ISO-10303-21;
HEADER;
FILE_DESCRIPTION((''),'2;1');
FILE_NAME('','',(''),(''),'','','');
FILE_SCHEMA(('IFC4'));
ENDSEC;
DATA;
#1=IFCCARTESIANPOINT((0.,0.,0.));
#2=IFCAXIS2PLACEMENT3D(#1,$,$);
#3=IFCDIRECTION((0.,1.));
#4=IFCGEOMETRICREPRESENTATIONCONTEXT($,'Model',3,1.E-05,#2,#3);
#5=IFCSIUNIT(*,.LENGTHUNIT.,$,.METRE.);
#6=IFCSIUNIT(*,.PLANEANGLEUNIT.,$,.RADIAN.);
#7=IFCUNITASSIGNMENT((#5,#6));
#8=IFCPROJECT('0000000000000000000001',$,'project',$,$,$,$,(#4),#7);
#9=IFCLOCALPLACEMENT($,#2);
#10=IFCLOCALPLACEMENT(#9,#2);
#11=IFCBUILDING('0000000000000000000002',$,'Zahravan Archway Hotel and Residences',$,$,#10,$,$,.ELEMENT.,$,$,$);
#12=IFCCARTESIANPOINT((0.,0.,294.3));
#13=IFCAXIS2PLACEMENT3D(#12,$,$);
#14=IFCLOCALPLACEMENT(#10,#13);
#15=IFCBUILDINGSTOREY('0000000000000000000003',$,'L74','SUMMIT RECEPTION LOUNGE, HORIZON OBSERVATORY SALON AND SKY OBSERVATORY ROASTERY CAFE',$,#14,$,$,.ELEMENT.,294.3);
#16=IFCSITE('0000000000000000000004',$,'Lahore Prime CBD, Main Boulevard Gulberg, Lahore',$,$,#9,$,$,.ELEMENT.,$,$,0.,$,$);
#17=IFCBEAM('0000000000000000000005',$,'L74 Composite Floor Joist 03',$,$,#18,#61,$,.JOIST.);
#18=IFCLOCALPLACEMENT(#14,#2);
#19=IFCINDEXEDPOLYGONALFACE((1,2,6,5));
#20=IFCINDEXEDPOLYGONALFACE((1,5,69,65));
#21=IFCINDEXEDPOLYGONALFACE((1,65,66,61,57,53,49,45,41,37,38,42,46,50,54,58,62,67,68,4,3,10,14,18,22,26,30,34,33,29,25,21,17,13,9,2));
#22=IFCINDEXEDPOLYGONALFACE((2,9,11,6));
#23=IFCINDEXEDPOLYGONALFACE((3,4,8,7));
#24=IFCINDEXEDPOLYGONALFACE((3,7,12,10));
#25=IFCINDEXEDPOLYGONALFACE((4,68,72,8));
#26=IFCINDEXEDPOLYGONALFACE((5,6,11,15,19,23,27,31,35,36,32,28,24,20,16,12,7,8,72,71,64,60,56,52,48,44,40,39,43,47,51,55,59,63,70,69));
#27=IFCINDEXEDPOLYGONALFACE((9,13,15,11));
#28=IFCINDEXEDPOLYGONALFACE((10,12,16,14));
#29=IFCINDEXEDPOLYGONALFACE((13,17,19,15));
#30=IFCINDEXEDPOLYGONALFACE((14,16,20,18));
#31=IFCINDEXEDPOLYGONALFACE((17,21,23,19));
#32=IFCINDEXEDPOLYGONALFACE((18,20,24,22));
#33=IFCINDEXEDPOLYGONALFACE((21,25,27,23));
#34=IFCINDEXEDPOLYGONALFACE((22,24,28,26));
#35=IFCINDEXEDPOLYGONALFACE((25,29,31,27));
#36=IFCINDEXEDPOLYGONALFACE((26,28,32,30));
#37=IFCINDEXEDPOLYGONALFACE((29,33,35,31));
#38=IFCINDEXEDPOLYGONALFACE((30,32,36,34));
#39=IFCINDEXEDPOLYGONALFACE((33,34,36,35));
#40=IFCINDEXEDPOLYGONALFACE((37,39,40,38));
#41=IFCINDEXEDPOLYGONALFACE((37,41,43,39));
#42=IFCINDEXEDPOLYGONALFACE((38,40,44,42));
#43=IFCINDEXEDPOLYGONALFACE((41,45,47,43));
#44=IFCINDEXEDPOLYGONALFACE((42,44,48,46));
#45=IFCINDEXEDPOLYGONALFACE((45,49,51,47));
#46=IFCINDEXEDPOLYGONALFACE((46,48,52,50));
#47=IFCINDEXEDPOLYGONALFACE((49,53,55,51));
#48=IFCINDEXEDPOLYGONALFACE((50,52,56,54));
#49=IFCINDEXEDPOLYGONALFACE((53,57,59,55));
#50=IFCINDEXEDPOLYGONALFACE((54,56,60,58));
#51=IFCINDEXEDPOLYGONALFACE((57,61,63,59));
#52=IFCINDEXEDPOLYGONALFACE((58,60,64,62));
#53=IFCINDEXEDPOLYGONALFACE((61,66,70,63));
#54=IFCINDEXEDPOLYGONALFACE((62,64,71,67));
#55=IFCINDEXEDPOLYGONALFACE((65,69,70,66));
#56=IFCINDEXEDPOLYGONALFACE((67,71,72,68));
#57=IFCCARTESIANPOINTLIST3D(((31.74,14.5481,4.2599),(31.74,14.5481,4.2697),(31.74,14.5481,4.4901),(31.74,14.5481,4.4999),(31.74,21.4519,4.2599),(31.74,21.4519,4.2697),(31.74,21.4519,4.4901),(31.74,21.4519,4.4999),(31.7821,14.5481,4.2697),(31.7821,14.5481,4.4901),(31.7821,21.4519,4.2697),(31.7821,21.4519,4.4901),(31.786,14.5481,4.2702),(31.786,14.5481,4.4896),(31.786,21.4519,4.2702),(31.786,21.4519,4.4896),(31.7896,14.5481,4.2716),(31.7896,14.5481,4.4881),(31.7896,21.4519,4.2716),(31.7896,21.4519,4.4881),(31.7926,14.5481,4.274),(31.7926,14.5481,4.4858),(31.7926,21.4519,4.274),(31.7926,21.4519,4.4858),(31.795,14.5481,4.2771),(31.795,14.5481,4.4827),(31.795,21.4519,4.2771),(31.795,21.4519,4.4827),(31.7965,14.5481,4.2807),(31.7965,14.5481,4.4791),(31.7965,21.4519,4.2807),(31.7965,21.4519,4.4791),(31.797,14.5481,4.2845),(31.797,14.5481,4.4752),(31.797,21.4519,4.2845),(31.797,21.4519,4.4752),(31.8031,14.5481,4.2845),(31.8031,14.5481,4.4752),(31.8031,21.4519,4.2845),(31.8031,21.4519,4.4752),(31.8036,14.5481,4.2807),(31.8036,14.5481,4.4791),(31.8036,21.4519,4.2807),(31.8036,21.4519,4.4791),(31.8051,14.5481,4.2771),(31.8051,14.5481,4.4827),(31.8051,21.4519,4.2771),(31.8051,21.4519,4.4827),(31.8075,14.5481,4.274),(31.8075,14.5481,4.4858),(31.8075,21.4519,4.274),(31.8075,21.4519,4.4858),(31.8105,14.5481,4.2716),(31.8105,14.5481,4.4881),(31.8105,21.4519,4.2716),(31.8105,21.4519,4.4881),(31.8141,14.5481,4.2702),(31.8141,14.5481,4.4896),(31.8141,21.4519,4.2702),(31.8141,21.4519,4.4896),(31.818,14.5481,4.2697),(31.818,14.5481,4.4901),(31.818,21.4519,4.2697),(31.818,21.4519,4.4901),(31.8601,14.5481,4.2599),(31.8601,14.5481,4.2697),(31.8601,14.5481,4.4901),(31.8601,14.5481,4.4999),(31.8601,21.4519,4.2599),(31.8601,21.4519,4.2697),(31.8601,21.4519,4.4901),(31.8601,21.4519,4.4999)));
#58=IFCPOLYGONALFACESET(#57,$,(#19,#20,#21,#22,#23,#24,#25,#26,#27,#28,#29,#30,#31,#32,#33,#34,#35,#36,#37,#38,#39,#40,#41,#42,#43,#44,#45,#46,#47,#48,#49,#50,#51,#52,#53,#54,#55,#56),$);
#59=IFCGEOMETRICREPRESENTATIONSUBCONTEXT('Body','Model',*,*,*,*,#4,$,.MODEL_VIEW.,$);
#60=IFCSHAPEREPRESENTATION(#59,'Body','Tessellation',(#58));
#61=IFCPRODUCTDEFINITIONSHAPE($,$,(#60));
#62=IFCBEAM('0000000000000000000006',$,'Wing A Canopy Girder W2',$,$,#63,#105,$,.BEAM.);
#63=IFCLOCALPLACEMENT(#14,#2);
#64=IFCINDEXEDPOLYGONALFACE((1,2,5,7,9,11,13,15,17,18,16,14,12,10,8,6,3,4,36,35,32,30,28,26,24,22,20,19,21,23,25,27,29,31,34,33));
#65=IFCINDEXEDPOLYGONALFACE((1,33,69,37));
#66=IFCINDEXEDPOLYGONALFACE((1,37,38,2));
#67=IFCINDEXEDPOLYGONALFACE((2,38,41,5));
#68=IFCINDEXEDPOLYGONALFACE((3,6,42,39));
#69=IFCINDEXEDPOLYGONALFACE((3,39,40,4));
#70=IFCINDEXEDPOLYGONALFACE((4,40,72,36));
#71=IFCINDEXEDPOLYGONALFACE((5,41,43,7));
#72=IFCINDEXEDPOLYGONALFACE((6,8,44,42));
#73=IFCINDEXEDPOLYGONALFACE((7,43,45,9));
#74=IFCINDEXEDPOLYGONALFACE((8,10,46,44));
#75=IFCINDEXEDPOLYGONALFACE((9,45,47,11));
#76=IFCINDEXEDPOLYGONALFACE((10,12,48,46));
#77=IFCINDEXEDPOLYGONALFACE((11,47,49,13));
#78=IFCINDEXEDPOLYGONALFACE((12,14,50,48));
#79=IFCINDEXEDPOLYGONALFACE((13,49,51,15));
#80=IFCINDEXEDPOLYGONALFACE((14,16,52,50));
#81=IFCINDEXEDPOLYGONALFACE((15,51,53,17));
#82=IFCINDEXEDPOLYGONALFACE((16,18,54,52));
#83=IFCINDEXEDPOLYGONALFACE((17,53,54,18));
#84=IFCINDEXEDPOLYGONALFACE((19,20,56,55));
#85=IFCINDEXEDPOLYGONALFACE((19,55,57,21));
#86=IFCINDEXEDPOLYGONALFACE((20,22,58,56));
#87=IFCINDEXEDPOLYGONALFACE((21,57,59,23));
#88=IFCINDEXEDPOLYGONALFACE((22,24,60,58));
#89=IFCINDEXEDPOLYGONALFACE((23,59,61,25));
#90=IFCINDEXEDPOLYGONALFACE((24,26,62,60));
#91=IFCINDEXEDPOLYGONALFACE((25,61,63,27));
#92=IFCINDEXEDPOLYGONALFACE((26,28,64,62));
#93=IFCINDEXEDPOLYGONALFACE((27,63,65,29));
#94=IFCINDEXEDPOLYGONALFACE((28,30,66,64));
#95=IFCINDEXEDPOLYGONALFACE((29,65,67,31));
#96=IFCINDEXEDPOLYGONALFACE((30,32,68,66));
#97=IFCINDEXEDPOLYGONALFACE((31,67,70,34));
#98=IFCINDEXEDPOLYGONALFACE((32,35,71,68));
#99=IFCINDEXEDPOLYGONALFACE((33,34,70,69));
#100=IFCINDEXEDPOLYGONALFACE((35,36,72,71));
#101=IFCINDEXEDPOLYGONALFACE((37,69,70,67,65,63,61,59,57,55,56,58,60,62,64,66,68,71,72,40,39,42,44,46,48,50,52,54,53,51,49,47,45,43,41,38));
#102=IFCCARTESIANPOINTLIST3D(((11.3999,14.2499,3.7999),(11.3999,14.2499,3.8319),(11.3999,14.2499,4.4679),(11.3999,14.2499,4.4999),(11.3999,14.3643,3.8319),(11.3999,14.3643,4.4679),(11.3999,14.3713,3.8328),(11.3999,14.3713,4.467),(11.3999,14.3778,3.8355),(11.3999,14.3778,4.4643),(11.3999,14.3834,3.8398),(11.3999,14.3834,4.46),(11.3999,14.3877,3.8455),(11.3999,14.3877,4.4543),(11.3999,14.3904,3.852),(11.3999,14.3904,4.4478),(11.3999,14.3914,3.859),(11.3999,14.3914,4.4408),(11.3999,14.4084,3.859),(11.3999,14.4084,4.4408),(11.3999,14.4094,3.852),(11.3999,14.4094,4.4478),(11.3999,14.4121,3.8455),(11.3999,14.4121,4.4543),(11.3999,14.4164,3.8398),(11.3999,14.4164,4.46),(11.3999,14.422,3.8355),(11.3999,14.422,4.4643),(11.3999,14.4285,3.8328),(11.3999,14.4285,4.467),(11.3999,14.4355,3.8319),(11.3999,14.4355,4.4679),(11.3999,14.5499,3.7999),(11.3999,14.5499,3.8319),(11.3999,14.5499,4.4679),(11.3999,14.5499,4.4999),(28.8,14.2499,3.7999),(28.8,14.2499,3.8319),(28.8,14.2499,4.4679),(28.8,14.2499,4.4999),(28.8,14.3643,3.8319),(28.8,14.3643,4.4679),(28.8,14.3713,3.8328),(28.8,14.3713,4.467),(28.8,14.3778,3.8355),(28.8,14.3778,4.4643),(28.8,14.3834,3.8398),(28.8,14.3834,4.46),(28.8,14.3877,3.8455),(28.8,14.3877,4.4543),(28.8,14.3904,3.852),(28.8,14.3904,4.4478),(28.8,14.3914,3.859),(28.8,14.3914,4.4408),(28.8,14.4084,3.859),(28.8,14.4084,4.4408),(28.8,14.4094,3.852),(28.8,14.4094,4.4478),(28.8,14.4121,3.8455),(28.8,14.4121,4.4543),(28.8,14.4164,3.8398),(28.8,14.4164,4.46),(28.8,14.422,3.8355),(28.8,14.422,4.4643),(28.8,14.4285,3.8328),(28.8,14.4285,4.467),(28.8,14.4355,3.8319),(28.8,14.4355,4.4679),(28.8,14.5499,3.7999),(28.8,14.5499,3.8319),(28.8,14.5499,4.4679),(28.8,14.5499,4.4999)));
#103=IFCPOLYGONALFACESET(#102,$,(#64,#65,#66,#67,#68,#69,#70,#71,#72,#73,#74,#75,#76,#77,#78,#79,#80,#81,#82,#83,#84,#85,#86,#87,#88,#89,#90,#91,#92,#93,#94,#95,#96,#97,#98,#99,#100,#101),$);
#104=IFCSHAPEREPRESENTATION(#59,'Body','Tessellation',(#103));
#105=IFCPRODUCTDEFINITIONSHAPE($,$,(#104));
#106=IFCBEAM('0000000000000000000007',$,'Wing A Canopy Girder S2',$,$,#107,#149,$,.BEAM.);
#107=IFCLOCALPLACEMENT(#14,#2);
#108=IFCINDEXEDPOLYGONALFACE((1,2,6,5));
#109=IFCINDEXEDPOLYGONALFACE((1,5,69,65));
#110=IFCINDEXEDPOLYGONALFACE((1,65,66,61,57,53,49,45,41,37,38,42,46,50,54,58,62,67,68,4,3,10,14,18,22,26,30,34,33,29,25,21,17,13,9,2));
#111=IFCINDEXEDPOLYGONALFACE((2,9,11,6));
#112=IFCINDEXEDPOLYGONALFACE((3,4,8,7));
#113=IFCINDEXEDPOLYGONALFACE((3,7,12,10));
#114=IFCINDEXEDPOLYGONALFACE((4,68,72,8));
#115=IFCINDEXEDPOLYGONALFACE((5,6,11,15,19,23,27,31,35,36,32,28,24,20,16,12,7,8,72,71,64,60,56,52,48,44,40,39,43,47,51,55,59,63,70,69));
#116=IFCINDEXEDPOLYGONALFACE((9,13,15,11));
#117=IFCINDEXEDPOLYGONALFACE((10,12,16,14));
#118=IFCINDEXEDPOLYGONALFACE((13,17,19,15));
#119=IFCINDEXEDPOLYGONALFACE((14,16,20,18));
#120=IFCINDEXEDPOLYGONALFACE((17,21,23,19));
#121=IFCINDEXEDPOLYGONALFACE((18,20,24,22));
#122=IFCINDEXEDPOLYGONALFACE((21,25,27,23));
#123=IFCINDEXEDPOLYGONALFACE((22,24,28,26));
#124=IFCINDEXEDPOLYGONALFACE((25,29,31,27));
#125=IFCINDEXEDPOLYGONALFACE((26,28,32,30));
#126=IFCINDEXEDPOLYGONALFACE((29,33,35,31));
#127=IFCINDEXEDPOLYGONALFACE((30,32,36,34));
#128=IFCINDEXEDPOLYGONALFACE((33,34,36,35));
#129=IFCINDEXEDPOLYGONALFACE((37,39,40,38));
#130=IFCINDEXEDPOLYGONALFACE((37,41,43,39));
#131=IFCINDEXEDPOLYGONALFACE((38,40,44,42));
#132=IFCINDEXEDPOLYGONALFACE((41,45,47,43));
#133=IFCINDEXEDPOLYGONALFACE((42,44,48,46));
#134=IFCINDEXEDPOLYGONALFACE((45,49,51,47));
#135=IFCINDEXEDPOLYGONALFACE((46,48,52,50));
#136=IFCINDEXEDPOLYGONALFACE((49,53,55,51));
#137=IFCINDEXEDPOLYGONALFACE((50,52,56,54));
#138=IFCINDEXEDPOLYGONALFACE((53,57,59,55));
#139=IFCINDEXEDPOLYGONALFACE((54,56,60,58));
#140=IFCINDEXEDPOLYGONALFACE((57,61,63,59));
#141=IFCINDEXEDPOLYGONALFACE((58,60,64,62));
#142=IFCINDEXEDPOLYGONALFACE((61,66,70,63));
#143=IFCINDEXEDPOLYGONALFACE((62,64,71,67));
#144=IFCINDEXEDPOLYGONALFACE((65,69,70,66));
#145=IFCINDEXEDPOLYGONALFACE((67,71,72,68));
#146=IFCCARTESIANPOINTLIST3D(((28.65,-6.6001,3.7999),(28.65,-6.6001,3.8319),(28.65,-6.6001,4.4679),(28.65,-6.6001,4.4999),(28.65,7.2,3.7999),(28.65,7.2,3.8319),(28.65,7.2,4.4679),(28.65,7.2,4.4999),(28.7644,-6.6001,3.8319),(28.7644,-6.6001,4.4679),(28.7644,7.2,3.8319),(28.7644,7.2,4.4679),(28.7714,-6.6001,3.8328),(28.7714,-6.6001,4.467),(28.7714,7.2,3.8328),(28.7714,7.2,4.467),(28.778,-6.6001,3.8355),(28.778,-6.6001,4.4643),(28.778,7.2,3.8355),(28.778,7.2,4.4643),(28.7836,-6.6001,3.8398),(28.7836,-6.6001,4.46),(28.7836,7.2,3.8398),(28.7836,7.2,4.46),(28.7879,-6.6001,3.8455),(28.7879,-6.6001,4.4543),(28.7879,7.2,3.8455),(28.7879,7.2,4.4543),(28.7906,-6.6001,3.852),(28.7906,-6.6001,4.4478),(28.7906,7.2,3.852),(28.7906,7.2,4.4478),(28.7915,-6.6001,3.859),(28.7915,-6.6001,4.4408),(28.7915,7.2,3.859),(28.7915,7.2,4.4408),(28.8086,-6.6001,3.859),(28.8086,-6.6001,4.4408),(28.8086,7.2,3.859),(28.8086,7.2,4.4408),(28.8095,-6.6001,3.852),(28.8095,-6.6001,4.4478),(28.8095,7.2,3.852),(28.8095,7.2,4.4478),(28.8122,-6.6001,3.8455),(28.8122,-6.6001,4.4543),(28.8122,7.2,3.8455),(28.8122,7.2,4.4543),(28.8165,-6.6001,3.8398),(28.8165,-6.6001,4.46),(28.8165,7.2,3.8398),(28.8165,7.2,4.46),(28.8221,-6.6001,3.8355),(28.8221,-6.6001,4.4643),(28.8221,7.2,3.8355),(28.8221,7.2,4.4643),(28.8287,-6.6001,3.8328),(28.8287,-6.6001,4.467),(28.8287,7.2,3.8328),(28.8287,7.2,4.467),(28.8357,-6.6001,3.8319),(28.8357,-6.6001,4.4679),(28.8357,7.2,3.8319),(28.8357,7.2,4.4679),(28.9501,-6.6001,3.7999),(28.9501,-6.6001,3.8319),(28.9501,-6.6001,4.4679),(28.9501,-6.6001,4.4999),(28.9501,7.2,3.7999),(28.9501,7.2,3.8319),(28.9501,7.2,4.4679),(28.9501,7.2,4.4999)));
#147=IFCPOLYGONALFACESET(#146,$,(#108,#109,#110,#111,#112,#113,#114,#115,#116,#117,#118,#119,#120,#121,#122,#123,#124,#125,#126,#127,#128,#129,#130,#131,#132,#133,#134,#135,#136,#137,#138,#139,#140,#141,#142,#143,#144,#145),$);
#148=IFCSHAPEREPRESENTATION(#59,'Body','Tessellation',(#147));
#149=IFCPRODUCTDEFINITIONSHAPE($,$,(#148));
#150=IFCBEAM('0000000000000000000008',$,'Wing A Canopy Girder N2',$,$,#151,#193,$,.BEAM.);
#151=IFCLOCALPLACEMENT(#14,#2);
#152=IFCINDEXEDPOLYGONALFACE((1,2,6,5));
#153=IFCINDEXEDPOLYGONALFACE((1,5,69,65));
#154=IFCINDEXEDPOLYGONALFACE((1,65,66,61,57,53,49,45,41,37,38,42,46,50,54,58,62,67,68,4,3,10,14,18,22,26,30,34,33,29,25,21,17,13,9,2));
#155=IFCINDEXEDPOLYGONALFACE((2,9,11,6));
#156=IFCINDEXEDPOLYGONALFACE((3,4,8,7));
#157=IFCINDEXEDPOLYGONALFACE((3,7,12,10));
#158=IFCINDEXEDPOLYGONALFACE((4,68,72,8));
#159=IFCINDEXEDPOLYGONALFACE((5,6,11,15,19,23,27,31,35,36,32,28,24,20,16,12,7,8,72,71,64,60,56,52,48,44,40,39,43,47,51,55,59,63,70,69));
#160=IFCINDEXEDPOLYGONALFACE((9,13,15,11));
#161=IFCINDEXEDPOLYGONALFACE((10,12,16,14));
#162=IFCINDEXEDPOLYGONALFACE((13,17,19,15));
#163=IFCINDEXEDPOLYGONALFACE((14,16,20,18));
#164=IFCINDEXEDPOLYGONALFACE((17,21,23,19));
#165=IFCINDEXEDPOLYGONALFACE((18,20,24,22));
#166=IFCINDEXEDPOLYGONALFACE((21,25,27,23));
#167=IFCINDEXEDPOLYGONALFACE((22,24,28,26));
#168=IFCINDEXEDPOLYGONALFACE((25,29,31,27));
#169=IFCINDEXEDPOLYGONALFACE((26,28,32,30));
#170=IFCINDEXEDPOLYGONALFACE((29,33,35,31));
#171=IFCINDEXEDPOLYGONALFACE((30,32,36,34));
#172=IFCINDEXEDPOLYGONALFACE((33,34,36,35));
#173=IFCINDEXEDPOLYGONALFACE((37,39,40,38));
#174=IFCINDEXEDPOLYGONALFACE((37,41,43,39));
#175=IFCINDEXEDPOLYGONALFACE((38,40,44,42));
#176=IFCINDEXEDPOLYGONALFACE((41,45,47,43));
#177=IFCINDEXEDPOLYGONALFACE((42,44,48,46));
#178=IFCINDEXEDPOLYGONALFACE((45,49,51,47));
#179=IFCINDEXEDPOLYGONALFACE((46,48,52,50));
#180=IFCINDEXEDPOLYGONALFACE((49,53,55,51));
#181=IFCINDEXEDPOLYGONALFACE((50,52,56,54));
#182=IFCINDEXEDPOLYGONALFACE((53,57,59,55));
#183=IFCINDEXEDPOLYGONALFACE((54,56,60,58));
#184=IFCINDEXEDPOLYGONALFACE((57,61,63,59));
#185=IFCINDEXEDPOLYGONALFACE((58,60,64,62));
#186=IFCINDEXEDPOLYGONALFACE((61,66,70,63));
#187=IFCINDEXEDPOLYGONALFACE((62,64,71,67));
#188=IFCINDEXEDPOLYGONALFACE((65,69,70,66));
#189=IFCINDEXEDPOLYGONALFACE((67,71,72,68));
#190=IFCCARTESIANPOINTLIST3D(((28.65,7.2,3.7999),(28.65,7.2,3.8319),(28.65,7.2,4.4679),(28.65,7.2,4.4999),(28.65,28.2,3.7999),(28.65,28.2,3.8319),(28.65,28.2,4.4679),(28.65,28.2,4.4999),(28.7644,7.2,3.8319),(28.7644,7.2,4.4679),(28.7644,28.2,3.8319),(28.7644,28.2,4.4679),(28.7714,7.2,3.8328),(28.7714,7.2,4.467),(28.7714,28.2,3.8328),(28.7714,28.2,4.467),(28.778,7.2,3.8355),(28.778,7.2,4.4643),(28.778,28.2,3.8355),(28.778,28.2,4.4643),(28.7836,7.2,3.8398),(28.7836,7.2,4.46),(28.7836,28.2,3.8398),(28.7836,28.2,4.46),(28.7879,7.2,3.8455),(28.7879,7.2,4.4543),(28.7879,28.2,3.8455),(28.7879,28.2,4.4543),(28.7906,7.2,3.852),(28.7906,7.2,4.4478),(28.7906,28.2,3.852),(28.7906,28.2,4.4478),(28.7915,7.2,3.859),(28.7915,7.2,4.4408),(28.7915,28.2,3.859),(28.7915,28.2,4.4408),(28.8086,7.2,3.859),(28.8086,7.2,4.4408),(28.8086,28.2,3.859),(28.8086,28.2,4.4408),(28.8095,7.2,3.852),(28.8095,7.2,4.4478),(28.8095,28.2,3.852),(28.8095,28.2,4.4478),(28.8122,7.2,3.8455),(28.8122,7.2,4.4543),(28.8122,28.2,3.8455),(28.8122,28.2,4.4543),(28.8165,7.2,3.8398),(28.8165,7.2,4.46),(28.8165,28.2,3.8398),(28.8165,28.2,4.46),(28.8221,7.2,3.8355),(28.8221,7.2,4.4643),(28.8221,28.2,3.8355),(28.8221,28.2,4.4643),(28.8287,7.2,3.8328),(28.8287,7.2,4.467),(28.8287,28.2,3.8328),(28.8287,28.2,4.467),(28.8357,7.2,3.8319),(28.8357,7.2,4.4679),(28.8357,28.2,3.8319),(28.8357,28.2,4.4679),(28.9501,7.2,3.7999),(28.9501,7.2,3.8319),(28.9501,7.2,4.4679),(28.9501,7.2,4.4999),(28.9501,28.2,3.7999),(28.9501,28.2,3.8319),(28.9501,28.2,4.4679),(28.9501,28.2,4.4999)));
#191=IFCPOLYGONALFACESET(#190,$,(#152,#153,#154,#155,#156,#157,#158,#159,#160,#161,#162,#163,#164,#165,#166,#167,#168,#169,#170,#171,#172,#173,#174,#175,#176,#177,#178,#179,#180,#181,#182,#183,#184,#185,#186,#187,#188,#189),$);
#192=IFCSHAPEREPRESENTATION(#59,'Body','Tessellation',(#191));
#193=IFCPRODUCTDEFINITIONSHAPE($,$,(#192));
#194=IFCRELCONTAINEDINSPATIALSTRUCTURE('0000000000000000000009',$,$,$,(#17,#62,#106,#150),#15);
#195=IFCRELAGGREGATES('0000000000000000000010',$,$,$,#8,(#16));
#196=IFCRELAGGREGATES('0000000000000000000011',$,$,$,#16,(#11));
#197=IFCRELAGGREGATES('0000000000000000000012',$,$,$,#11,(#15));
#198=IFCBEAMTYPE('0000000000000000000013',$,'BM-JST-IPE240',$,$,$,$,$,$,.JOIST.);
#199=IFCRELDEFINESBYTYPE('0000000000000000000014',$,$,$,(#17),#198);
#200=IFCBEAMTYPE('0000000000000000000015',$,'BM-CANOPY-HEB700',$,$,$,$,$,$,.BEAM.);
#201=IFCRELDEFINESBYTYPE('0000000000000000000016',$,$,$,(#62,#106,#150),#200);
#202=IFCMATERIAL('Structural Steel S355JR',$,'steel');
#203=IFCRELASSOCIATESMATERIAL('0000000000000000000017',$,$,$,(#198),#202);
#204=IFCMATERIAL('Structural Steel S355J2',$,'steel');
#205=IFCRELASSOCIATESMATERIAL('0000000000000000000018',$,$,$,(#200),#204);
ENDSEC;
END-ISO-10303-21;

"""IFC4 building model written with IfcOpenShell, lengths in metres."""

from ifc_helpers import new_model, si_unit, direction, frame, origin, origin_2d, place, context, subcontext, project, spatial, i_section, extrude, source, transform, mapped, material, material_profile, profile_set, type_object, element, save


model = new_model("IFC4")

# Units and contexts
model_context = context("Model", 3, precision=1e-05, world=origin(), true_north=direction((0.0, 1.0)))
body_context = subcontext(model_context, "Body", "Model", "MODEL_VIEW")
ifc_project = project(units=[si_unit("LENGTHUNIT", "METRE"), si_unit("PLANEANGLEUNIT", "RADIAN")], contexts=[model_context])

# Site, building, storey
site_placement = place(None, origin())
site = spatial("IfcSite", under=ifc_project, at=site_placement, Name="Lahore Prime CBD, Main Boulevard Gulberg, Lahore", CompositionType="ELEMENT", RefElevation=0.0)
building_placement = place(site_placement, origin())
building = spatial("IfcBuilding", under=site, at=building_placement, Name="Zahravan Archway Hotel and Residences", CompositionType="ELEMENT")
storey_placement = place(building_placement, frame((0.0, 0.0, 294.3)))
storey = spatial("IfcBuildingStorey", under=building, at=storey_placement, Name="L74", Description="SUMMIT RECEPTION LOUNGE, HORIZON OBSERVATORY SALON AND SKY OBSERVATORY ROASTERY CAFE", CompositionType="ELEMENT", Elevation=294.3)

# Beams
ifc_material_1 = material(Name="Structural Steel S355JR", Category="steel")
ifc_material_profile_1 = material_profile(ifc_material_1, i_section(OverallWidth=0.1201, OverallDepth=0.24, WebThickness=0.0061, FlangeThickness=0.0098, FilletRadius=0.0149, at=origin_2d()), Name="IPE 240", Category="steel")
ifc_profile_set_1 = profile_set([ifc_material_profile_1], Name="Structural Steel S355JR")
beam_type_1 = type_object("IfcBeamType", Name="BM-JST-IPE240", PredefinedType="JOIST", material=ifc_profile_set_1)
shared_shape_1 = source(origin(), body_context, "Body", "SweptSolid", [
    extrude(i_section(OverallWidth=0.1201, OverallDepth=0.24, WebThickness=0.0061, FlangeThickness=0.0098, FilletRadius=0.0149, at=origin_2d()), origin(), (0.0, 0.0, 1.0), 6.9038),
])
beam_1_placement = place(storey_placement, frame((31.8, 14.5481, 4.3799), z_axis=(0.0, 1.0, 0.0), x_axis=(-1.0, 0.0, 0.0)))
element("IfcBeam", 1, at=beam_1_placement, inside=storey, type_object=beam_type_1, Name="L74 Composite Floor Joist 03", PredefinedType="JOIST", context=body_context, shape_type="MappedRepresentation", body=[
    mapped(shared_shape_1, transform((0.0, 0.0, 0.0), scale=1.0)),
])
ifc_material_2 = material(Name="Structural Steel S355J2", Category="steel")
ifc_material_profile_2 = material_profile(ifc_material_2, i_section(OverallWidth=0.3, OverallDepth=0.7, WebThickness=0.0171, FlangeThickness=0.032, FilletRadius=0.0271, at=origin_2d()), Name="HEB 700", Category="steel")
ifc_profile_set_2 = profile_set([ifc_material_profile_2], Name="Structural Steel S355J2")
beam_type_2 = type_object("IfcBeamType", Name="BM-CANOPY-HEB700", PredefinedType="BEAM", material=ifc_profile_set_2)
shared_shape_2 = source(origin(), body_context, "Body", "SweptSolid", [
    extrude(i_section(OverallWidth=0.3, OverallDepth=0.7, WebThickness=0.0171, FlangeThickness=0.032, FilletRadius=0.0271, at=origin_2d()), origin(), (0.0, 0.0, 1.0), 17.4001),
])
beam_2_placement = place(storey_placement, frame((28.8, 14.3999, 4.1499), z_axis=(-1.0, 0.0, 0.0), x_axis=(0.0, -1.0, 0.0)))
element("IfcBeam", 2, at=beam_2_placement, inside=storey, type_object=beam_type_2, Name="Wing A Canopy Girder W2", PredefinedType="BEAM", context=body_context, shape_type="MappedRepresentation", body=[
    mapped(shared_shape_2, transform((0.0, 0.0, 0.0), scale=1.0)),
])
shared_shape_3 = source(origin(), body_context, "Body", "SweptSolid", [
    extrude(i_section(OverallWidth=0.3, OverallDepth=0.7, WebThickness=0.0171, FlangeThickness=0.032, FilletRadius=0.0271, at=origin_2d()), origin(), (0.0, 0.0, 1.0), 13.8),
])
beam_3_placement = place(storey_placement, frame((28.8, 7.2, 4.1499), z_axis=(0.0, -1.0, 0.0), x_axis=(1.0, 0.0, 0.0)))
element("IfcBeam", 3, at=beam_3_placement, inside=storey, type_object=beam_type_2, Name="Wing A Canopy Girder S2", PredefinedType="BEAM", context=body_context, shape_type="MappedRepresentation", body=[
    mapped(shared_shape_3, transform((0.0, 0.0, 0.0), scale=1.0)),
])
shared_shape_4 = source(origin(), body_context, "Body", "SweptSolid", [
    extrude(i_section(OverallWidth=0.3, OverallDepth=0.7, WebThickness=0.0171, FlangeThickness=0.032, FilletRadius=0.0271, at=origin_2d()), origin(), (0.0, 0.0, 1.0), 21.0),
])
beam_4_placement = place(storey_placement, frame((28.8, 7.2, 4.1499), z_axis=(0.0, 1.0, 0.0), x_axis=(-1.0, 0.0, 0.0)))
element("IfcBeam", 4, at=beam_4_placement, inside=storey, type_object=beam_type_2, Name="Wing A Canopy Girder N2", PredefinedType="BEAM", context=body_context, shape_type="MappedRepresentation", body=[
    mapped(shared_shape_4, transform((0.0, 0.0, 0.0), scale=1.0)),
])

save(model, "model.ifc")
